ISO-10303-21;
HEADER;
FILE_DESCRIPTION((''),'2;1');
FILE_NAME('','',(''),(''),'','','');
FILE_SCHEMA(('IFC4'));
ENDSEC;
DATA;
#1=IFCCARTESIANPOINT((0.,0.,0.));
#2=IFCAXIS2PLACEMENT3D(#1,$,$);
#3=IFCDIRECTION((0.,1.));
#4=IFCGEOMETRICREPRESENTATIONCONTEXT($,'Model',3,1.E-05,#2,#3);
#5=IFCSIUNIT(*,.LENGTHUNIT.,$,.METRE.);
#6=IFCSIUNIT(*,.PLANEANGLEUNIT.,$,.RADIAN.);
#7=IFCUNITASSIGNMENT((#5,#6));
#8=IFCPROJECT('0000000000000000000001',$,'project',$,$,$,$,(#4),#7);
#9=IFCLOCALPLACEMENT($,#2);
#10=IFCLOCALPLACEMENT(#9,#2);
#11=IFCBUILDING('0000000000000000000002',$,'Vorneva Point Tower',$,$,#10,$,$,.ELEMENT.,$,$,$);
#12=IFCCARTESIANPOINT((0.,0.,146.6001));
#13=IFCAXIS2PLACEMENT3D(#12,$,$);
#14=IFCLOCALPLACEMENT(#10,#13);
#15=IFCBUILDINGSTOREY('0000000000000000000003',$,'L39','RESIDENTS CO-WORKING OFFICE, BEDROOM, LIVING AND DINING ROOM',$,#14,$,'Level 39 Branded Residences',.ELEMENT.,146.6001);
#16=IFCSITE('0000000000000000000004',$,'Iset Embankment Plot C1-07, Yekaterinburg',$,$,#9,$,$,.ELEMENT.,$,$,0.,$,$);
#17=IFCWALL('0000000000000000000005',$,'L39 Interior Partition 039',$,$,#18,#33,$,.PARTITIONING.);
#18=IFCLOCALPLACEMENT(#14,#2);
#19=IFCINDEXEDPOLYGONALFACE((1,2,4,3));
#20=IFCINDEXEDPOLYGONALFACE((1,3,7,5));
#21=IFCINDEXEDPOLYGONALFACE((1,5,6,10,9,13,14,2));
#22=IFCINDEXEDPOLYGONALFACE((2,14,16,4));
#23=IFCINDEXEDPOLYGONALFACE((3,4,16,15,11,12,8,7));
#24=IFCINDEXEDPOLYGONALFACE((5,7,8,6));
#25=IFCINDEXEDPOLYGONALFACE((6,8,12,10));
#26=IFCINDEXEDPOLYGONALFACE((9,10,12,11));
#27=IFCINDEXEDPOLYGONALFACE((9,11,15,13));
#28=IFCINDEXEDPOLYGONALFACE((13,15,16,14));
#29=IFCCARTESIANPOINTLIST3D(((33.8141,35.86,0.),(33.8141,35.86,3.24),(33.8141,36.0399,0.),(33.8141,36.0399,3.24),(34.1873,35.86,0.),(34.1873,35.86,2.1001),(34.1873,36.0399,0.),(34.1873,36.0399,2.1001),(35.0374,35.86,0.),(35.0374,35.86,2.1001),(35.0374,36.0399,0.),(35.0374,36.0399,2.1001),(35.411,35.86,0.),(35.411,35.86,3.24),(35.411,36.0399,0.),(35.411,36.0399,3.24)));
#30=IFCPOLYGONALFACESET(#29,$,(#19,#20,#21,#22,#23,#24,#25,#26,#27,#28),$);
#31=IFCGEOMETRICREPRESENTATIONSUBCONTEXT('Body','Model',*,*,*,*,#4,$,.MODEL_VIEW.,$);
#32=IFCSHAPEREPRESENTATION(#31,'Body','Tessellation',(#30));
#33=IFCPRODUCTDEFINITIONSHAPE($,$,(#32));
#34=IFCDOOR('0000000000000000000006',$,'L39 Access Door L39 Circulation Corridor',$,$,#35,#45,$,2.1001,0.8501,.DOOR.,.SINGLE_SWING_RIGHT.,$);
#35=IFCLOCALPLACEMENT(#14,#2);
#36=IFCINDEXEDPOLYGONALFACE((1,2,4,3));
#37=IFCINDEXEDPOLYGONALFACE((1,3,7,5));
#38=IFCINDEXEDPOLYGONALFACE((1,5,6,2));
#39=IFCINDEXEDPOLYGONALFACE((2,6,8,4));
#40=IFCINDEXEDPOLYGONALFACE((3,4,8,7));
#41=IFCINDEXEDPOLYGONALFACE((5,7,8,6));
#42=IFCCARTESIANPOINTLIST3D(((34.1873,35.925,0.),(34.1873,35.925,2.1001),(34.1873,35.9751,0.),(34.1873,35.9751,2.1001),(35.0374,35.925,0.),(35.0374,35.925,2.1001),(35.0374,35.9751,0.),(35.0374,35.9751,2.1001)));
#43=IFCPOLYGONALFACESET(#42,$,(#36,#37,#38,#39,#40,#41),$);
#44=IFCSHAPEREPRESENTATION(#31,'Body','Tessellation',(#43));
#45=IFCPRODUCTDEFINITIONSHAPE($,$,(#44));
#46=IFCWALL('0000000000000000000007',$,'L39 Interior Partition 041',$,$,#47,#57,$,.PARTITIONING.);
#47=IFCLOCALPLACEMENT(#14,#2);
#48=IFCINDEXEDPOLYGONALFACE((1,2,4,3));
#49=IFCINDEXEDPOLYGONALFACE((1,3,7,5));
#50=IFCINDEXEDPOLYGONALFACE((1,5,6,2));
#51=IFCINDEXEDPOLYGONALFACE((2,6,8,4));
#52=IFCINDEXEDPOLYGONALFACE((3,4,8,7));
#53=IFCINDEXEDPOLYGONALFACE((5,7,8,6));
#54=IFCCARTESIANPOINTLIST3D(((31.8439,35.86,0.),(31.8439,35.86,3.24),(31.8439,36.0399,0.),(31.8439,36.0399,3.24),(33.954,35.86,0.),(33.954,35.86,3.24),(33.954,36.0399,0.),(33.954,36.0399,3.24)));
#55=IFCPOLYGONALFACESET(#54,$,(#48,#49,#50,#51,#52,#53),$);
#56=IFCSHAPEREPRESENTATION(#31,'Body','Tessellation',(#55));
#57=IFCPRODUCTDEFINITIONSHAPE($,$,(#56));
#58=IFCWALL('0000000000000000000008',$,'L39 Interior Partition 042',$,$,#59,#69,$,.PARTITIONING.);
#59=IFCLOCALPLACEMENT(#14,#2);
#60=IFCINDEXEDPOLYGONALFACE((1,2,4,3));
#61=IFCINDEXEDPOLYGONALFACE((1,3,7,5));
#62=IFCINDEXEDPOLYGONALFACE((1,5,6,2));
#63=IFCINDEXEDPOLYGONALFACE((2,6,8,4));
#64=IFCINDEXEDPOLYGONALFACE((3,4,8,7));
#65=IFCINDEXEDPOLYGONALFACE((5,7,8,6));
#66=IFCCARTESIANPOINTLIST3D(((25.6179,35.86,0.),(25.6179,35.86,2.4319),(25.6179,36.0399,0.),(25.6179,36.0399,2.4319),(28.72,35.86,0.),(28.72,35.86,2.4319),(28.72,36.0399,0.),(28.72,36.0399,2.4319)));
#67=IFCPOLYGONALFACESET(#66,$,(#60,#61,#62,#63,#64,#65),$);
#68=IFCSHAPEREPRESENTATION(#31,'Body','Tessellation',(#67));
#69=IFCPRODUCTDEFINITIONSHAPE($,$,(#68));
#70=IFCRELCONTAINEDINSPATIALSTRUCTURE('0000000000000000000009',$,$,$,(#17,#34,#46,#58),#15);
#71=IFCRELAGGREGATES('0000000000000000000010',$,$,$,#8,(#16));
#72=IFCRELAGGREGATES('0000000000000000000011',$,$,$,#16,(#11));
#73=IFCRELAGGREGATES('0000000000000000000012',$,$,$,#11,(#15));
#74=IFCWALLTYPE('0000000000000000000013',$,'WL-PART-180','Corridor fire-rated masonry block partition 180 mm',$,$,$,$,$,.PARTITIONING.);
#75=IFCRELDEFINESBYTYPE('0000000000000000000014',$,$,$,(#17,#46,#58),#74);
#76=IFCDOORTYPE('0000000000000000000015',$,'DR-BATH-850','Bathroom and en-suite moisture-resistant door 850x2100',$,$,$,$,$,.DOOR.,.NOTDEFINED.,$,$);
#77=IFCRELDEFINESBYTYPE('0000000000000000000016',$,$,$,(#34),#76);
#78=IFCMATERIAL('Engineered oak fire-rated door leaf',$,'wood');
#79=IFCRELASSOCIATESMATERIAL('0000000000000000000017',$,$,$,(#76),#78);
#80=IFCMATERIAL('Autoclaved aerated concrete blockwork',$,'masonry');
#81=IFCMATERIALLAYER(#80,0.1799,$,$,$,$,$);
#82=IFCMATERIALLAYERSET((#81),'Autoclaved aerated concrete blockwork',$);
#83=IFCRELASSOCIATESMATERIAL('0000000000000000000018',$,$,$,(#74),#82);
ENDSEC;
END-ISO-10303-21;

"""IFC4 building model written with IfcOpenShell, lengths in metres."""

from ifc_helpers import new_model, si_unit, direction, frame, frame_2d, origin, place, context, subcontext, project, spatial, rectangle, extrude, material, layer, layer_set, type_object, element, fill, save


model = new_model("IFC4")

# Units and contexts
model_context = context("Model", 3, precision=1e-05, world=origin(), true_north=direction((0.0, 1.0)))
body_context = subcontext(model_context, "Body", "Model", "MODEL_VIEW")
ifc_project = project(units=[si_unit("LENGTHUNIT", "METRE"), si_unit("PLANEANGLEUNIT", "RADIAN")], contexts=[model_context])

# Site, building, storey
site_placement = place(None, origin())
site = spatial("IfcSite", under=ifc_project, at=site_placement, Name="Iset Embankment Plot C1-07, Yekaterinburg", CompositionType="ELEMENT", RefElevation=0.0)
building_placement = place(site_placement, origin())
building = spatial("IfcBuilding", under=site, at=building_placement, Name="Vorneva Point Tower", CompositionType="ELEMENT")
storey_placement = place(building_placement, frame((0.0, 0.0, 146.6001)))
storey = spatial("IfcBuildingStorey", under=building, at=storey_placement, Name="L39", Description="RESIDENTS CO-WORKING OFFICE, BEDROOM, LIVING AND DINING ROOM", LongName="Level 39 Branded Residences", CompositionType="ELEMENT", Elevation=146.6001)

# Shared definitions
ifc_material_1 = material(Name="Engineered oak fire-rated door leaf", Category="wood")
door_type_1 = type_object("IfcDoorType", Name="DR-BATH-850", Description="Bathroom and en-suite moisture-resistant door 850x2100", OperationType="NOTDEFINED", PredefinedType="DOOR", material=ifc_material_1)

# Shared definitions
ifc_material_2 = material(Name="Autoclaved aerated concrete blockwork", Category="masonry")
ifc_layer_1 = layer(ifc_material_2, 0.1799)
ifc_layer_set_1 = layer_set([ifc_layer_1], Name="Autoclaved aerated concrete blockwork")
wall_type_1 = type_object("IfcWallType", Name="WL-PART-180", Description="Corridor fire-rated masonry block partition 180 mm", PredefinedType="PARTITIONING", material=ifc_layer_set_1)

# Wall, opening, door
wall_1_placement = place(storey_placement, frame((35.4109, 35.95, 0.0), z_axis=(0.0, 0.0, 1.0), x_axis=(-1.0, 0.0, 0.0)))
wall_1 = element("IfcWall", 1, at=wall_1_placement, inside=storey, type_object=wall_type_1, Name="L39 Interior Partition 039", PredefinedType="PARTITIONING", context=body_context, shape_type="SweptSolid", body=[
    extrude(rectangle(XDim=1.5969, YDim=0.1799, at=frame_2d((0.7983, 0.0))), origin(), (0.0, 0.0, 1.0), 3.24),
])
opening_1_placement = place(wall_1_placement, frame((0.3735, 0.0, 0.0)))
opening_1 = element("IfcOpeningElement", 2, at=opening_1_placement, cuts=wall_1, PredefinedType="OPENING", context=body_context, shape_type="SweptSolid", body=[
    extrude(rectangle(XDim=0.8501, YDim=2.1001, at=frame_2d((0.425, 1.05))), frame((0.0, 0.105, 0.0), z_axis=(0.0, -1.0, 0.0), x_axis=(1.0, 0.0, 0.0)), (0.0, 0.0, 1.0), 0.2097),
])
door_1_placement = place(opening_1_placement, origin())
door_1 = element("IfcDoor", 3, at=door_1_placement, inside=storey, type_object=door_type_1, Name="L39 Access Door L39 Circulation Corridor", OperationType="SINGLE_SWING_RIGHT", OverallHeight=2.1001, OverallWidth=0.8501, PredefinedType="DOOR", context=body_context, shape_type="SweptSolid", body=[
    extrude(rectangle(XDim=0.8501, YDim=2.1001, at=frame_2d((0.425, 1.05))), frame((0.0, 0.0249, 0.0), z_axis=(0.0, -1.0, 0.0), x_axis=(1.0, 0.0, 0.0)), (0.0, 0.0, 1.0), 0.05),
])
fill(opening_1, door_1)

# Walls
wall_2_placement = place(storey_placement, frame((33.9541, 35.95, 0.0), z_axis=(0.0, 0.0, 1.0), x_axis=(-1.0, 0.0, 0.0)))
element("IfcWall", 4, at=wall_2_placement, inside=storey, type_object=wall_type_1, Name="L39 Interior Partition 041", PredefinedType="PARTITIONING", context=body_context, shape_type="SweptSolid", body=[
    extrude(rectangle(XDim=2.1101, YDim=0.1799, at=frame_2d((1.0552, 0.0))), origin(), (0.0, 0.0, 1.0), 3.24),
])
wall_3_placement = place(storey_placement, frame((28.72, 35.95, 0.0), z_axis=(0.0, 0.0, 1.0), x_axis=(-1.0, 0.0, 0.0)))
element("IfcWall", 5, at=wall_3_placement, inside=storey, type_object=wall_type_1, Name="L39 Interior Partition 042", PredefinedType="PARTITIONING", context=body_context, shape_type="SweptSolid", body=[
    extrude(rectangle(XDim=3.1021, YDim=0.1799, at=frame_2d((1.551, 0.0))), origin(), (0.0, 0.0, 1.0), 2.4319),
])

save(model, "model.ifc")
